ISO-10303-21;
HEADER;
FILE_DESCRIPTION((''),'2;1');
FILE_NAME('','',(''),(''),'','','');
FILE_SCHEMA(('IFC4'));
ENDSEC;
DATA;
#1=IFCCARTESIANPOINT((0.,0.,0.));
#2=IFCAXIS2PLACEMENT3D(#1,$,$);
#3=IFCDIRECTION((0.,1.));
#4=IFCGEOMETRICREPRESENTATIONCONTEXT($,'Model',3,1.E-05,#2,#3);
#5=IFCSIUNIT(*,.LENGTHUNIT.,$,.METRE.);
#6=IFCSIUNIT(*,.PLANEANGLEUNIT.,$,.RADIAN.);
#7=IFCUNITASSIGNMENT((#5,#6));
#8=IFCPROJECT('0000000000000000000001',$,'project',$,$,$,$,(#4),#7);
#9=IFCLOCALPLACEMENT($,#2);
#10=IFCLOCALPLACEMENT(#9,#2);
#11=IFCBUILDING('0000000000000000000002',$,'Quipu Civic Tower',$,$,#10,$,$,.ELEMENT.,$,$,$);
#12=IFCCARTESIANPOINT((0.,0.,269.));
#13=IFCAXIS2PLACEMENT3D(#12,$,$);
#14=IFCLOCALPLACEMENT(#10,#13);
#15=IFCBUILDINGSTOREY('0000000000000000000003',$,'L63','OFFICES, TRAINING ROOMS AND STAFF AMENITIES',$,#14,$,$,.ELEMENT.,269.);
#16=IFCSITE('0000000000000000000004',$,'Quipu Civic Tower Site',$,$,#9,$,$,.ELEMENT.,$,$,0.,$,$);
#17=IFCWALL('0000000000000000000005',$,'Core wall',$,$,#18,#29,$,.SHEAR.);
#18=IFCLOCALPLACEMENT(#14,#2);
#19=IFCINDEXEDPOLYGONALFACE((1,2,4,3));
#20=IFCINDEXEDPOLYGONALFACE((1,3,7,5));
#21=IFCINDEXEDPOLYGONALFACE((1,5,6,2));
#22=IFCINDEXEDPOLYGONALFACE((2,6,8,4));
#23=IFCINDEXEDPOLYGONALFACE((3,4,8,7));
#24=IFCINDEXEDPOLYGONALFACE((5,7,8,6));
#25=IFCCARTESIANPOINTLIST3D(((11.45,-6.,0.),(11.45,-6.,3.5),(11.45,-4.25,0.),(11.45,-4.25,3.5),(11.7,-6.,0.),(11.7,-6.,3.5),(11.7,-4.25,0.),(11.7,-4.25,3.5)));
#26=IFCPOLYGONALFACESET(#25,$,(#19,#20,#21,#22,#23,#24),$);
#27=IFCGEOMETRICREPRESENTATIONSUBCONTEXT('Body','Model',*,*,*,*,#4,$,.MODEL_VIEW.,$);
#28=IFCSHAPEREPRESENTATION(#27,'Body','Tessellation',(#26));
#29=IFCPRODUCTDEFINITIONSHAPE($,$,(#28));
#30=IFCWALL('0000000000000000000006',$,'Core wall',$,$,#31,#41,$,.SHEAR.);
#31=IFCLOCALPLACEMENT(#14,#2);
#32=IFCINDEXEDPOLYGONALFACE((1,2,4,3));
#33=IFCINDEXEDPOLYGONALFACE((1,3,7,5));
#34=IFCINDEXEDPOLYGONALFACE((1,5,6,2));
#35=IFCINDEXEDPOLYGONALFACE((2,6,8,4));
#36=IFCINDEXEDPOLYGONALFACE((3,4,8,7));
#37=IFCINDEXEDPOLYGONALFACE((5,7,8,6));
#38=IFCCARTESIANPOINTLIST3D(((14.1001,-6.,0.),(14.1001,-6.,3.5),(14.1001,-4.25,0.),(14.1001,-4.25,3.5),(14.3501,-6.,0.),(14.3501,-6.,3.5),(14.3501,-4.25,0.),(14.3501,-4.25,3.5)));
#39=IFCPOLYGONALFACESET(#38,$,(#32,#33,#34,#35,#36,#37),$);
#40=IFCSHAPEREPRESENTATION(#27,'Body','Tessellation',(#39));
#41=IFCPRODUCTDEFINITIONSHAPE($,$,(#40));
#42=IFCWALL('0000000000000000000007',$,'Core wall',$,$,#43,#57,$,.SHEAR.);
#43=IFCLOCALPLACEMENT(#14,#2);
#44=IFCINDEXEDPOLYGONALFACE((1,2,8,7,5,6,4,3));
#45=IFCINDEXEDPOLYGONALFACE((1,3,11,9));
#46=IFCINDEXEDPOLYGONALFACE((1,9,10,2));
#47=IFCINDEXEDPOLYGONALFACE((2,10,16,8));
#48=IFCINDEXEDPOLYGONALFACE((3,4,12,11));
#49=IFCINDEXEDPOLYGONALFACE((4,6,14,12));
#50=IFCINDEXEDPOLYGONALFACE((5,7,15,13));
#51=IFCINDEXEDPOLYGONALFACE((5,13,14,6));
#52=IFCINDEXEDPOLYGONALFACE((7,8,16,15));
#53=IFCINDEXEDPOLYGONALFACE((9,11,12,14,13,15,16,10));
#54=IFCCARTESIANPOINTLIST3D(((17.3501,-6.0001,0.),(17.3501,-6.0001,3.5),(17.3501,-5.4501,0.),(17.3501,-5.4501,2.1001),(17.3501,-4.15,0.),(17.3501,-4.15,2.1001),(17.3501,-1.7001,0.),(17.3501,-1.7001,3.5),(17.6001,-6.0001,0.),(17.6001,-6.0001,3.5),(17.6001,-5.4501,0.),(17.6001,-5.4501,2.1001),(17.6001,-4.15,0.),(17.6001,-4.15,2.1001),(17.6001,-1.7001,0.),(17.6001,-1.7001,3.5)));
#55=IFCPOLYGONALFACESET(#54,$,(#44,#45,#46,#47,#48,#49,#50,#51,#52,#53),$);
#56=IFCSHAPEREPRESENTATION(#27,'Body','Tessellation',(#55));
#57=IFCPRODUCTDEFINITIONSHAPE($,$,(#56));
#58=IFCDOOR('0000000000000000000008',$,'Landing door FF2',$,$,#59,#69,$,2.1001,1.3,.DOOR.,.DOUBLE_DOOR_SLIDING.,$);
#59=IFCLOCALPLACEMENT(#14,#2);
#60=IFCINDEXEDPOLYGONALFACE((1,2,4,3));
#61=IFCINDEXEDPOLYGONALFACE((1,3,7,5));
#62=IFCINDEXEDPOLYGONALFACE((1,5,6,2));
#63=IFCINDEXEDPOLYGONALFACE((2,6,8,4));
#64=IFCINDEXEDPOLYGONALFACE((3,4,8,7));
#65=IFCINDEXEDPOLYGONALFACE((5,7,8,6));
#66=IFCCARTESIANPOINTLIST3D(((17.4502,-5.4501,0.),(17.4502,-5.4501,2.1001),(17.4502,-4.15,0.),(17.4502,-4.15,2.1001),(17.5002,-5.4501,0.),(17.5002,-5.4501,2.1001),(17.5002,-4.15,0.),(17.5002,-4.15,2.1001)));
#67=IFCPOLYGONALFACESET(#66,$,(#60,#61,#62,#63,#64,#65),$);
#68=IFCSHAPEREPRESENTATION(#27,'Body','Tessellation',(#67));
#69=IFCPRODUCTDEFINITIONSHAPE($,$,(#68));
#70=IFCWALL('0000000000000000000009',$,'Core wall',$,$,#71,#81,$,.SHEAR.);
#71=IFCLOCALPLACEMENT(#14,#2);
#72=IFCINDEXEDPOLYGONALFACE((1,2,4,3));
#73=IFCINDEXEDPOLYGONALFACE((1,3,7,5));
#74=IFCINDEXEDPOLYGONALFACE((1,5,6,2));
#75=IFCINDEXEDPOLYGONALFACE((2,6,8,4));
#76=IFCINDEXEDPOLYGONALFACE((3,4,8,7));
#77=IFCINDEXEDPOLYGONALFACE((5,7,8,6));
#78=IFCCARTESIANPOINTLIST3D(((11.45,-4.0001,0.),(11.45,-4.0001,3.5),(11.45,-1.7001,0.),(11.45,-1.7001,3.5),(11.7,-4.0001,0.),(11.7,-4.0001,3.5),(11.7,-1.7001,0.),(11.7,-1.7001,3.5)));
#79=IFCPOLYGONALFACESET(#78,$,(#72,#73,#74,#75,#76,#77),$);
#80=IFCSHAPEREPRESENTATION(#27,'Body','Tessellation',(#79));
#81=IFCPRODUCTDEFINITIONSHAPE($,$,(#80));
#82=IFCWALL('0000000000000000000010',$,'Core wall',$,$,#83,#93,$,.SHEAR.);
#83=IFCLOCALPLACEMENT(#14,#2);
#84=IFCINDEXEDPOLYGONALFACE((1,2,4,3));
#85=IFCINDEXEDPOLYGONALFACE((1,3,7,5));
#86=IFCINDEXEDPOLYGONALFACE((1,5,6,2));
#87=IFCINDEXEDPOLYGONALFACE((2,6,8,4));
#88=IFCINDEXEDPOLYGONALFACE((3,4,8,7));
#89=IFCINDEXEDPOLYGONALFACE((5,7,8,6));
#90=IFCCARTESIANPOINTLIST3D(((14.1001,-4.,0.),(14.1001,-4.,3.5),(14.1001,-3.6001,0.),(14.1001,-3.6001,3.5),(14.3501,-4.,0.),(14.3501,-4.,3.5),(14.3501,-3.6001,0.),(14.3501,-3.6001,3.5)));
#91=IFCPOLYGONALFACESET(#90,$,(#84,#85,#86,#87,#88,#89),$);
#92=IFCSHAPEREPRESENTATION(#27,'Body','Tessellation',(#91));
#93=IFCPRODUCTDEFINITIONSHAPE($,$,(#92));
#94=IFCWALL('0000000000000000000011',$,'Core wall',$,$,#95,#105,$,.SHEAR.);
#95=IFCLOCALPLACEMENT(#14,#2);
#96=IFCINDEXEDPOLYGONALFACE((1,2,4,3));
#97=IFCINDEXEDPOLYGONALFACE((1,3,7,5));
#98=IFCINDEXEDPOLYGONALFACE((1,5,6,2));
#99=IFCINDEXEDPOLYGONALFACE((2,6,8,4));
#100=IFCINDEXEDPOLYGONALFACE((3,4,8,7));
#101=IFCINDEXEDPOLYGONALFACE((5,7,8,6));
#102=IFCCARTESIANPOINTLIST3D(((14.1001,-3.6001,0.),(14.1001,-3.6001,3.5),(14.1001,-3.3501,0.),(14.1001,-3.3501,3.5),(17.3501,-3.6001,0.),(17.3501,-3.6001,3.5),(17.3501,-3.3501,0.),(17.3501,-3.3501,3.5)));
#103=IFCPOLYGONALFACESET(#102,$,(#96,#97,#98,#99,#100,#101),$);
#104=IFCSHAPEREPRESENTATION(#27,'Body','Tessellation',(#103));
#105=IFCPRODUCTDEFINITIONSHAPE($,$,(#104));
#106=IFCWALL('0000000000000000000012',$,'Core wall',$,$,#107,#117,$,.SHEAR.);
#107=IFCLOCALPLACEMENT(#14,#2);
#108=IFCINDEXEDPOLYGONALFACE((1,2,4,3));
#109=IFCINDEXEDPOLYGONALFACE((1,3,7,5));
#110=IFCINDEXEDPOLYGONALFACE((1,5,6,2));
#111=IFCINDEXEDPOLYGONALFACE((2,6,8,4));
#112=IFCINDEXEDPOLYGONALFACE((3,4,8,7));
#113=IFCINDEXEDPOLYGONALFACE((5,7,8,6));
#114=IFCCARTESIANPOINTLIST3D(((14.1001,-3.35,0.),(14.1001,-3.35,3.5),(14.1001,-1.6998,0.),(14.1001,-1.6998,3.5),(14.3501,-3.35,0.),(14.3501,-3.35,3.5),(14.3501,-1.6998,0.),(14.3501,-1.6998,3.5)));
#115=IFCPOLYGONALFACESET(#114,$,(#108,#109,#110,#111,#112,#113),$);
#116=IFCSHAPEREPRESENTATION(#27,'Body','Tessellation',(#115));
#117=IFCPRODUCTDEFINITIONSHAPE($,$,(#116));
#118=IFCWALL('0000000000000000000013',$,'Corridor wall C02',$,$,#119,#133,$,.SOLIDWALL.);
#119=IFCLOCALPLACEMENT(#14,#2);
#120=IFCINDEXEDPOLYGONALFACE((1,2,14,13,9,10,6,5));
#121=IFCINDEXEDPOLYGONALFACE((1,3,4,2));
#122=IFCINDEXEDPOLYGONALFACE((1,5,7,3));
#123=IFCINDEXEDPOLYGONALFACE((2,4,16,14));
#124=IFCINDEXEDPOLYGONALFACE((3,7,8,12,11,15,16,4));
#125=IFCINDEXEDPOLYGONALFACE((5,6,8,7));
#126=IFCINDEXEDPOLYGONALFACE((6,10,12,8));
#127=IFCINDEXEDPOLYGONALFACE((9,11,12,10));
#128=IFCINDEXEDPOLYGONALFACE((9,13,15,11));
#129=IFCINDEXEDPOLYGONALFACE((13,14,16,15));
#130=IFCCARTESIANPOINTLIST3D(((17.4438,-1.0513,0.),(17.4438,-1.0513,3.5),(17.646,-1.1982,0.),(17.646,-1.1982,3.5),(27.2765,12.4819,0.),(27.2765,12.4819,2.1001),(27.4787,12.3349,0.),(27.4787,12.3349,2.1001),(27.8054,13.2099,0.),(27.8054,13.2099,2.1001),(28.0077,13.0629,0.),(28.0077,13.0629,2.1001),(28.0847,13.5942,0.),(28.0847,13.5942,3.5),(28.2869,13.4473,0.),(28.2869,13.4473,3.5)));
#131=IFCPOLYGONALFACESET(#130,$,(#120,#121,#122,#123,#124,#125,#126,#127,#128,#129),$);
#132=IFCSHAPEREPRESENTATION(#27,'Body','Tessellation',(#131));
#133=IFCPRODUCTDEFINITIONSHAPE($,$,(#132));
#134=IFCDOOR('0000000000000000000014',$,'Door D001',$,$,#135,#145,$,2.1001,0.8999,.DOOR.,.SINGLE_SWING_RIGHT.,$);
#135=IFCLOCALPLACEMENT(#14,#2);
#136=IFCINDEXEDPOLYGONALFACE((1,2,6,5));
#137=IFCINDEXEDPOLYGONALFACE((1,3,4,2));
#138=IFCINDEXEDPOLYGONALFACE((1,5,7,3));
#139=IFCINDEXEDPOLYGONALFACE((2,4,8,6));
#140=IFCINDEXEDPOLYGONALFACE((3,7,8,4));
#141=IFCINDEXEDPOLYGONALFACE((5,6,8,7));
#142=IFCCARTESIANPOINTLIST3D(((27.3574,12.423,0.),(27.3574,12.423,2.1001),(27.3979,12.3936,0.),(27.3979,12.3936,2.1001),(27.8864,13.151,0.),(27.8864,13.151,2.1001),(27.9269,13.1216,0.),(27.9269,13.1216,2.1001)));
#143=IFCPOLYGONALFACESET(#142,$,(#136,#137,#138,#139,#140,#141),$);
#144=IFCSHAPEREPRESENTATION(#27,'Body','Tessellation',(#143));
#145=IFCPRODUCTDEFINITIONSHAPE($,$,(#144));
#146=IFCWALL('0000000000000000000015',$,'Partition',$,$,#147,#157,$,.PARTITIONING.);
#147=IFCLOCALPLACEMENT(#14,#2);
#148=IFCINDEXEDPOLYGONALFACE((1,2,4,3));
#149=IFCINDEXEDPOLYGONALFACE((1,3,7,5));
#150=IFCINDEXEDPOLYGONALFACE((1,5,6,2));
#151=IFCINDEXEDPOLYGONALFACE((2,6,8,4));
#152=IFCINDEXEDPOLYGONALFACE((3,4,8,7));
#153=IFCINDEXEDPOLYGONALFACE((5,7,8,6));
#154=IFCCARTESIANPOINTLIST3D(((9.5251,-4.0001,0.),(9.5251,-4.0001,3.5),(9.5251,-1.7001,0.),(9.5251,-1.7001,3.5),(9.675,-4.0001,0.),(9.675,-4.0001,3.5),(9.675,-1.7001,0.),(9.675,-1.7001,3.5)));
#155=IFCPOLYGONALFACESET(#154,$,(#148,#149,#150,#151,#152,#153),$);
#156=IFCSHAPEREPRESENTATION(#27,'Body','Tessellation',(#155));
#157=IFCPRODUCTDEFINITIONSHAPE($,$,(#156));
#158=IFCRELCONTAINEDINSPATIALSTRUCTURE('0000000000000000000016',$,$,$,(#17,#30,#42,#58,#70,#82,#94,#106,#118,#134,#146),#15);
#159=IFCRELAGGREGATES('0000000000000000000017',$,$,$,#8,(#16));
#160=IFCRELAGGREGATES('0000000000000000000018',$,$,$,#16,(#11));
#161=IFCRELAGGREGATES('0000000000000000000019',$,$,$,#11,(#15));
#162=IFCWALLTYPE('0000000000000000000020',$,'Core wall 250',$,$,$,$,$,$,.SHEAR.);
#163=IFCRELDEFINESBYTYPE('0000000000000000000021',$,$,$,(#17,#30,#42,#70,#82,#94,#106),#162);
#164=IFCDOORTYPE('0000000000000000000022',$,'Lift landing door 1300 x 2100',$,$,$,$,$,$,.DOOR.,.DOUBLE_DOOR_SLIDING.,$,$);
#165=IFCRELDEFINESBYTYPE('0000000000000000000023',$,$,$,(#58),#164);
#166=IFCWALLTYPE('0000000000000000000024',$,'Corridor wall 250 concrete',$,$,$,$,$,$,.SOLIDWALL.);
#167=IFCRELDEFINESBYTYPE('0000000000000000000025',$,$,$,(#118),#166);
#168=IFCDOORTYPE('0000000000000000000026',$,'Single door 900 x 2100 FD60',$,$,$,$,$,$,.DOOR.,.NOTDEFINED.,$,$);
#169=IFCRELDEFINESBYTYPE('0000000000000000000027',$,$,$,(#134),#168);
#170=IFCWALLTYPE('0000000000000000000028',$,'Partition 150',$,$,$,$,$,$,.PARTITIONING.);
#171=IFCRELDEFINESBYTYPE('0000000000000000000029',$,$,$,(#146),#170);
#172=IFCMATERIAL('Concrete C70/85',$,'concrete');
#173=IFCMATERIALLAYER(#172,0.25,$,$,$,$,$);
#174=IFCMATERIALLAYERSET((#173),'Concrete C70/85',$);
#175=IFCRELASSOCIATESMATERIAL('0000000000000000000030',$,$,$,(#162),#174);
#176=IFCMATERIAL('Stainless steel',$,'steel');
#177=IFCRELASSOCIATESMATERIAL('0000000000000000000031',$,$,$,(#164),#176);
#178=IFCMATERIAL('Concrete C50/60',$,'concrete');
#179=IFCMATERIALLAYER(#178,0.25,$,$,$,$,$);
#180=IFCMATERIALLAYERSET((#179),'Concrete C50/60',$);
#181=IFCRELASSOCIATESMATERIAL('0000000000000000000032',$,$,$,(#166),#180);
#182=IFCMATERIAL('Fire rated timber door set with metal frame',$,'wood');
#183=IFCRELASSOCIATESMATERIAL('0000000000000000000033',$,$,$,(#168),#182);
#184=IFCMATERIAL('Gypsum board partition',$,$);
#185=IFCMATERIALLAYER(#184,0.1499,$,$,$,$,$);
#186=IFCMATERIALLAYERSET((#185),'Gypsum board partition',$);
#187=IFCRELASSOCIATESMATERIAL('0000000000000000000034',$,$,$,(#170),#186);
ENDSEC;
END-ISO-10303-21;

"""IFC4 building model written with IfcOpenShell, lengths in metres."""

from ifc_helpers import new_model, si_unit, direction, frame, frame_2d, origin, place, context, subcontext, project, spatial, rectangle, extrude, material, layer, layer_set, type_object, element, fill, save


model = new_model("IFC4")

# Units and contexts
model_context = context("Model", 3, precision=1e-05, world=origin(), true_north=direction((0.0, 1.0)))
body_context = subcontext(model_context, "Body", "Model", "MODEL_VIEW")
ifc_project = project(units=[si_unit("LENGTHUNIT", "METRE"), si_unit("PLANEANGLEUNIT", "RADIAN")], contexts=[model_context])

# Site, building, storey
site_placement = place(None, origin())
site = spatial("IfcSite", under=ifc_project, at=site_placement, Name="Quipu Civic Tower Site", CompositionType="ELEMENT", RefElevation=0.0)
building_placement = place(site_placement, origin())
building = spatial("IfcBuilding", under=site, at=building_placement, Name="Quipu Civic Tower", CompositionType="ELEMENT")
storey_placement = place(building_placement, frame((0.0, 0.0, 269.0)))
storey = spatial("IfcBuildingStorey", under=building, at=storey_placement, Name="L63", Description="OFFICES, TRAINING ROOMS AND STAFF AMENITIES", CompositionType="ELEMENT", Elevation=269.0)

# Walls
ifc_material_1 = material(Name="Concrete C70/85", Category="concrete")
ifc_layer_1 = layer(ifc_material_1, 0.25)
ifc_layer_set_1 = layer_set([ifc_layer_1], Name="Concrete C70/85")
wall_type_1 = type_object("IfcWallType", Name="Core wall 250", PredefinedType="SHEAR", material=ifc_layer_set_1)
for number, where, z_axis, x_axis, name in (
    (1, (11.575, -6.0, 0.0), (0.0, 0.0, 1.0), (0.0, 1.0, 0.0), "Core wall"),
    (2, (14.2251, -6.0, 0.0), (0.0, 0.0, 1.0), (0.0, 1.0, 0.0), "Core wall"),
):
    element("IfcWall", number, at=place(storey_placement, frame(where, z_axis=z_axis, x_axis=x_axis)), inside=storey, type_object=wall_type_1, Name=name, PredefinedType="SHEAR", context=body_context, shape_type="SweptSolid", body=[
        extrude(rectangle(XDim=1.75, YDim=0.25, at=frame_2d((0.875, 0.0))), origin(), (0.0, 0.0, 1.0), 3.5),
    ])

# Wall, opening, door
wall_1_placement = place(storey_placement, frame((17.4751, -6.0, 0.0), z_axis=(0.0, 0.0, 1.0), x_axis=(0.0, 1.0, 0.0)))
wall_1 = element("IfcWall", 3, at=wall_1_placement, inside=storey, type_object=wall_type_1, Name="Core wall", PredefinedType="SHEAR", context=body_context, shape_type="SweptSolid", body=[
    extrude(rectangle(XDim=4.3, YDim=0.25, at=frame_2d((2.1499, 0.0))), origin(), (0.0, 0.0, 1.0), 3.5),
])
opening_1_placement = place(wall_1_placement, frame((0.55, 0.0, 0.0)))
opening_1 = element("IfcOpeningElement", 4, at=opening_1_placement, cuts=wall_1, PredefinedType="OPENING", context=body_context, shape_type="SweptSolid", body=[
    extrude(rectangle(XDim=1.3, YDim=2.1001, at=frame_2d((0.6499, 1.05))), frame((0.0, 0.135, 0.0), z_axis=(0.0, -1.0, 0.0), x_axis=(1.0, 0.0, 0.0)), (0.0, 0.0, 1.0), 0.27),
])
ifc_material_2 = material(Name="Stainless steel", Category="steel")
door_type_1 = type_object("IfcDoorType", Name="Lift landing door 1300 x 2100", OperationType="DOUBLE_DOOR_SLIDING", PredefinedType="DOOR", material=ifc_material_2)
door_1_placement = place(opening_1_placement, origin())
door_1 = element("IfcDoor", 5, at=door_1_placement, inside=storey, type_object=door_type_1, Name="Landing door FF2", OperationType="DOUBLE_DOOR_SLIDING", OverallHeight=2.1001, OverallWidth=1.3, PredefinedType="DOOR", context=body_context, shape_type="SweptSolid", body=[
    extrude(rectangle(XDim=1.3, YDim=2.1001, at=frame_2d((0.6499, 1.05))), frame((0.0, 0.0249, 0.0), z_axis=(0.0, -1.0, 0.0), x_axis=(1.0, 0.0, 0.0)), (0.0, 0.0, 1.0), 0.05),
])
fill(opening_1, door_1)

# Walls
wall_2_placement = place(storey_placement, frame((11.575, -4.0, 0.0), z_axis=(0.0, 0.0, 1.0), x_axis=(0.0, 1.0, 0.0)))
element("IfcWall", 6, at=wall_2_placement, inside=storey, type_object=wall_type_1, Name="Core wall", PredefinedType="SHEAR", context=body_context, shape_type="SweptSolid", body=[
    extrude(rectangle(XDim=2.3, YDim=0.25, at=frame_2d((1.1499, 0.0))), origin(), (0.0, 0.0, 1.0), 3.5),
])
wall_3_placement = place(storey_placement, frame((14.2251, -4.0, 0.0), z_axis=(0.0, 0.0, 1.0), x_axis=(0.0, 1.0, 0.0)))
element("IfcWall", 7, at=wall_3_placement, inside=storey, type_object=wall_type_1, Name="Core wall", PredefinedType="SHEAR", context=body_context, shape_type="SweptSolid", body=[
    extrude(rectangle(XDim=0.3999, YDim=0.25, at=frame_2d((0.2, 0.0))), origin(), (0.0, 0.0, 1.0), 3.5),
])
wall_4_placement = place(storey_placement, frame((14.1001, -3.4751, 0.0), z_axis=(0.0, 0.0, 1.0), x_axis=(1.0, 0.0, 0.0)))
element("IfcWall", 8, at=wall_4_placement, inside=storey, type_object=wall_type_1, Name="Core wall", PredefinedType="SHEAR", context=body_context, shape_type="SweptSolid", body=[
    extrude(rectangle(XDim=3.25, YDim=0.25, at=frame_2d((1.625, 0.0))), origin(), (0.0, 0.0, 1.0), 3.5),
])
wall_5_placement = place(storey_placement, frame((14.2251, -3.3501, 0.0), z_axis=(0.0, 0.0, 1.0), x_axis=(0.0, 1.0, 0.0)))
element("IfcWall", 9, at=wall_5_placement, inside=storey, type_object=wall_type_1, Name="Core wall", PredefinedType="SHEAR", context=body_context, shape_type="SweptSolid", body=[
    extrude(rectangle(XDim=1.6501, YDim=0.25, at=frame_2d((0.8252, 0.0))), origin(), (0.0, 0.0, 1.0), 3.5),
])

# Wall, opening, door
ifc_material_3 = material(Name="Concrete C50/60", Category="concrete")
ifc_layer_2 = layer(ifc_material_3, 0.25)
ifc_layer_set_2 = layer_set([ifc_layer_2], Name="Concrete C50/60")
wall_type_2 = type_object("IfcWallType", Name="Corridor wall 250 concrete", PredefinedType="SOLIDWALL", material=ifc_layer_set_2)
wall_6_placement = place(storey_placement, frame((17.5449, -1.1248, 0.0), z_axis=(0.0, 0.0, 1.0), x_axis=(0.587796, 0.80901, 0.0)))
wall_6 = element("IfcWall", 10, at=wall_6_placement, inside=storey, type_object=wall_type_2, Name="Corridor wall C02", PredefinedType="SOLIDWALL", context=body_context, shape_type="SweptSolid", body=[
    extrude(rectangle(XDim=18.103, YDim=0.25, at=frame_2d((9.0515, 0.0))), origin(), (0.0, 0.0, 1.0), 3.5),
])
opening_2_placement = place(wall_6_placement, frame((16.728, 0.0, 0.0)))
opening_2 = element("IfcOpeningElement", 11, at=opening_2_placement, cuts=wall_6, PredefinedType="OPENING", context=body_context, shape_type="SweptSolid", body=[
    extrude(rectangle(XDim=0.8999, YDim=2.1001, at=frame_2d((0.45, 1.05))), frame((0.0, 0.135, 0.0), z_axis=(0.0, -1.0, 0.0), x_axis=(1.0, 0.0, 0.0)), (0.0, 0.0, 1.0), 0.27),
])
ifc_material_4 = material(Name="Fire rated timber door set with metal frame", Category="wood")
door_type_2 = type_object("IfcDoorType", Name="Single door 900 x 2100 FD60", OperationType="NOTDEFINED", PredefinedType="DOOR", material=ifc_material_4)
door_2_placement = place(opening_2_placement, origin())
door_2 = element("IfcDoor", 12, at=door_2_placement, inside=storey, type_object=door_type_2, Name="Door D001", OperationType="SINGLE_SWING_RIGHT", OverallHeight=2.1001, OverallWidth=0.8999, PredefinedType="DOOR", context=body_context, shape_type="SweptSolid", body=[
    extrude(rectangle(XDim=0.8999, YDim=2.1001, at=frame_2d((0.45, 1.05))), frame((0.0, 0.0249, 0.0), z_axis=(0.0, -1.0, 0.0), x_axis=(1.0, 0.0, 0.0)), (0.0, 0.0, 1.0), 0.05),
])
fill(opening_2, door_2)

# Wall
ifc_material_5 = material(Name="Gypsum board partition")
ifc_layer_3 = layer(ifc_material_5, 0.1499)
ifc_layer_set_3 = layer_set([ifc_layer_3], Name="Gypsum board partition")
wall_type_3 = type_object("IfcWallType", Name="Partition 150", PredefinedType="PARTITIONING", material=ifc_layer_set_3)
wall_7_placement = place(storey_placement, frame((9.6001, -4.0, 0.0), z_axis=(0.0, 0.0, 1.0), x_axis=(0.0, 1.0, 0.0)))
element("IfcWall", 13, at=wall_7_placement, inside=storey, type_object=wall_type_3, Name="Partition", PredefinedType="PARTITIONING", context=body_context, shape_type="SweptSolid", body=[
    extrude(rectangle(XDim=2.3, YDim=0.1499, at=frame_2d((1.1499, 0.0))), origin(), (0.0, 0.0, 1.0), 3.5),
])

save(model, "model.ifc")
